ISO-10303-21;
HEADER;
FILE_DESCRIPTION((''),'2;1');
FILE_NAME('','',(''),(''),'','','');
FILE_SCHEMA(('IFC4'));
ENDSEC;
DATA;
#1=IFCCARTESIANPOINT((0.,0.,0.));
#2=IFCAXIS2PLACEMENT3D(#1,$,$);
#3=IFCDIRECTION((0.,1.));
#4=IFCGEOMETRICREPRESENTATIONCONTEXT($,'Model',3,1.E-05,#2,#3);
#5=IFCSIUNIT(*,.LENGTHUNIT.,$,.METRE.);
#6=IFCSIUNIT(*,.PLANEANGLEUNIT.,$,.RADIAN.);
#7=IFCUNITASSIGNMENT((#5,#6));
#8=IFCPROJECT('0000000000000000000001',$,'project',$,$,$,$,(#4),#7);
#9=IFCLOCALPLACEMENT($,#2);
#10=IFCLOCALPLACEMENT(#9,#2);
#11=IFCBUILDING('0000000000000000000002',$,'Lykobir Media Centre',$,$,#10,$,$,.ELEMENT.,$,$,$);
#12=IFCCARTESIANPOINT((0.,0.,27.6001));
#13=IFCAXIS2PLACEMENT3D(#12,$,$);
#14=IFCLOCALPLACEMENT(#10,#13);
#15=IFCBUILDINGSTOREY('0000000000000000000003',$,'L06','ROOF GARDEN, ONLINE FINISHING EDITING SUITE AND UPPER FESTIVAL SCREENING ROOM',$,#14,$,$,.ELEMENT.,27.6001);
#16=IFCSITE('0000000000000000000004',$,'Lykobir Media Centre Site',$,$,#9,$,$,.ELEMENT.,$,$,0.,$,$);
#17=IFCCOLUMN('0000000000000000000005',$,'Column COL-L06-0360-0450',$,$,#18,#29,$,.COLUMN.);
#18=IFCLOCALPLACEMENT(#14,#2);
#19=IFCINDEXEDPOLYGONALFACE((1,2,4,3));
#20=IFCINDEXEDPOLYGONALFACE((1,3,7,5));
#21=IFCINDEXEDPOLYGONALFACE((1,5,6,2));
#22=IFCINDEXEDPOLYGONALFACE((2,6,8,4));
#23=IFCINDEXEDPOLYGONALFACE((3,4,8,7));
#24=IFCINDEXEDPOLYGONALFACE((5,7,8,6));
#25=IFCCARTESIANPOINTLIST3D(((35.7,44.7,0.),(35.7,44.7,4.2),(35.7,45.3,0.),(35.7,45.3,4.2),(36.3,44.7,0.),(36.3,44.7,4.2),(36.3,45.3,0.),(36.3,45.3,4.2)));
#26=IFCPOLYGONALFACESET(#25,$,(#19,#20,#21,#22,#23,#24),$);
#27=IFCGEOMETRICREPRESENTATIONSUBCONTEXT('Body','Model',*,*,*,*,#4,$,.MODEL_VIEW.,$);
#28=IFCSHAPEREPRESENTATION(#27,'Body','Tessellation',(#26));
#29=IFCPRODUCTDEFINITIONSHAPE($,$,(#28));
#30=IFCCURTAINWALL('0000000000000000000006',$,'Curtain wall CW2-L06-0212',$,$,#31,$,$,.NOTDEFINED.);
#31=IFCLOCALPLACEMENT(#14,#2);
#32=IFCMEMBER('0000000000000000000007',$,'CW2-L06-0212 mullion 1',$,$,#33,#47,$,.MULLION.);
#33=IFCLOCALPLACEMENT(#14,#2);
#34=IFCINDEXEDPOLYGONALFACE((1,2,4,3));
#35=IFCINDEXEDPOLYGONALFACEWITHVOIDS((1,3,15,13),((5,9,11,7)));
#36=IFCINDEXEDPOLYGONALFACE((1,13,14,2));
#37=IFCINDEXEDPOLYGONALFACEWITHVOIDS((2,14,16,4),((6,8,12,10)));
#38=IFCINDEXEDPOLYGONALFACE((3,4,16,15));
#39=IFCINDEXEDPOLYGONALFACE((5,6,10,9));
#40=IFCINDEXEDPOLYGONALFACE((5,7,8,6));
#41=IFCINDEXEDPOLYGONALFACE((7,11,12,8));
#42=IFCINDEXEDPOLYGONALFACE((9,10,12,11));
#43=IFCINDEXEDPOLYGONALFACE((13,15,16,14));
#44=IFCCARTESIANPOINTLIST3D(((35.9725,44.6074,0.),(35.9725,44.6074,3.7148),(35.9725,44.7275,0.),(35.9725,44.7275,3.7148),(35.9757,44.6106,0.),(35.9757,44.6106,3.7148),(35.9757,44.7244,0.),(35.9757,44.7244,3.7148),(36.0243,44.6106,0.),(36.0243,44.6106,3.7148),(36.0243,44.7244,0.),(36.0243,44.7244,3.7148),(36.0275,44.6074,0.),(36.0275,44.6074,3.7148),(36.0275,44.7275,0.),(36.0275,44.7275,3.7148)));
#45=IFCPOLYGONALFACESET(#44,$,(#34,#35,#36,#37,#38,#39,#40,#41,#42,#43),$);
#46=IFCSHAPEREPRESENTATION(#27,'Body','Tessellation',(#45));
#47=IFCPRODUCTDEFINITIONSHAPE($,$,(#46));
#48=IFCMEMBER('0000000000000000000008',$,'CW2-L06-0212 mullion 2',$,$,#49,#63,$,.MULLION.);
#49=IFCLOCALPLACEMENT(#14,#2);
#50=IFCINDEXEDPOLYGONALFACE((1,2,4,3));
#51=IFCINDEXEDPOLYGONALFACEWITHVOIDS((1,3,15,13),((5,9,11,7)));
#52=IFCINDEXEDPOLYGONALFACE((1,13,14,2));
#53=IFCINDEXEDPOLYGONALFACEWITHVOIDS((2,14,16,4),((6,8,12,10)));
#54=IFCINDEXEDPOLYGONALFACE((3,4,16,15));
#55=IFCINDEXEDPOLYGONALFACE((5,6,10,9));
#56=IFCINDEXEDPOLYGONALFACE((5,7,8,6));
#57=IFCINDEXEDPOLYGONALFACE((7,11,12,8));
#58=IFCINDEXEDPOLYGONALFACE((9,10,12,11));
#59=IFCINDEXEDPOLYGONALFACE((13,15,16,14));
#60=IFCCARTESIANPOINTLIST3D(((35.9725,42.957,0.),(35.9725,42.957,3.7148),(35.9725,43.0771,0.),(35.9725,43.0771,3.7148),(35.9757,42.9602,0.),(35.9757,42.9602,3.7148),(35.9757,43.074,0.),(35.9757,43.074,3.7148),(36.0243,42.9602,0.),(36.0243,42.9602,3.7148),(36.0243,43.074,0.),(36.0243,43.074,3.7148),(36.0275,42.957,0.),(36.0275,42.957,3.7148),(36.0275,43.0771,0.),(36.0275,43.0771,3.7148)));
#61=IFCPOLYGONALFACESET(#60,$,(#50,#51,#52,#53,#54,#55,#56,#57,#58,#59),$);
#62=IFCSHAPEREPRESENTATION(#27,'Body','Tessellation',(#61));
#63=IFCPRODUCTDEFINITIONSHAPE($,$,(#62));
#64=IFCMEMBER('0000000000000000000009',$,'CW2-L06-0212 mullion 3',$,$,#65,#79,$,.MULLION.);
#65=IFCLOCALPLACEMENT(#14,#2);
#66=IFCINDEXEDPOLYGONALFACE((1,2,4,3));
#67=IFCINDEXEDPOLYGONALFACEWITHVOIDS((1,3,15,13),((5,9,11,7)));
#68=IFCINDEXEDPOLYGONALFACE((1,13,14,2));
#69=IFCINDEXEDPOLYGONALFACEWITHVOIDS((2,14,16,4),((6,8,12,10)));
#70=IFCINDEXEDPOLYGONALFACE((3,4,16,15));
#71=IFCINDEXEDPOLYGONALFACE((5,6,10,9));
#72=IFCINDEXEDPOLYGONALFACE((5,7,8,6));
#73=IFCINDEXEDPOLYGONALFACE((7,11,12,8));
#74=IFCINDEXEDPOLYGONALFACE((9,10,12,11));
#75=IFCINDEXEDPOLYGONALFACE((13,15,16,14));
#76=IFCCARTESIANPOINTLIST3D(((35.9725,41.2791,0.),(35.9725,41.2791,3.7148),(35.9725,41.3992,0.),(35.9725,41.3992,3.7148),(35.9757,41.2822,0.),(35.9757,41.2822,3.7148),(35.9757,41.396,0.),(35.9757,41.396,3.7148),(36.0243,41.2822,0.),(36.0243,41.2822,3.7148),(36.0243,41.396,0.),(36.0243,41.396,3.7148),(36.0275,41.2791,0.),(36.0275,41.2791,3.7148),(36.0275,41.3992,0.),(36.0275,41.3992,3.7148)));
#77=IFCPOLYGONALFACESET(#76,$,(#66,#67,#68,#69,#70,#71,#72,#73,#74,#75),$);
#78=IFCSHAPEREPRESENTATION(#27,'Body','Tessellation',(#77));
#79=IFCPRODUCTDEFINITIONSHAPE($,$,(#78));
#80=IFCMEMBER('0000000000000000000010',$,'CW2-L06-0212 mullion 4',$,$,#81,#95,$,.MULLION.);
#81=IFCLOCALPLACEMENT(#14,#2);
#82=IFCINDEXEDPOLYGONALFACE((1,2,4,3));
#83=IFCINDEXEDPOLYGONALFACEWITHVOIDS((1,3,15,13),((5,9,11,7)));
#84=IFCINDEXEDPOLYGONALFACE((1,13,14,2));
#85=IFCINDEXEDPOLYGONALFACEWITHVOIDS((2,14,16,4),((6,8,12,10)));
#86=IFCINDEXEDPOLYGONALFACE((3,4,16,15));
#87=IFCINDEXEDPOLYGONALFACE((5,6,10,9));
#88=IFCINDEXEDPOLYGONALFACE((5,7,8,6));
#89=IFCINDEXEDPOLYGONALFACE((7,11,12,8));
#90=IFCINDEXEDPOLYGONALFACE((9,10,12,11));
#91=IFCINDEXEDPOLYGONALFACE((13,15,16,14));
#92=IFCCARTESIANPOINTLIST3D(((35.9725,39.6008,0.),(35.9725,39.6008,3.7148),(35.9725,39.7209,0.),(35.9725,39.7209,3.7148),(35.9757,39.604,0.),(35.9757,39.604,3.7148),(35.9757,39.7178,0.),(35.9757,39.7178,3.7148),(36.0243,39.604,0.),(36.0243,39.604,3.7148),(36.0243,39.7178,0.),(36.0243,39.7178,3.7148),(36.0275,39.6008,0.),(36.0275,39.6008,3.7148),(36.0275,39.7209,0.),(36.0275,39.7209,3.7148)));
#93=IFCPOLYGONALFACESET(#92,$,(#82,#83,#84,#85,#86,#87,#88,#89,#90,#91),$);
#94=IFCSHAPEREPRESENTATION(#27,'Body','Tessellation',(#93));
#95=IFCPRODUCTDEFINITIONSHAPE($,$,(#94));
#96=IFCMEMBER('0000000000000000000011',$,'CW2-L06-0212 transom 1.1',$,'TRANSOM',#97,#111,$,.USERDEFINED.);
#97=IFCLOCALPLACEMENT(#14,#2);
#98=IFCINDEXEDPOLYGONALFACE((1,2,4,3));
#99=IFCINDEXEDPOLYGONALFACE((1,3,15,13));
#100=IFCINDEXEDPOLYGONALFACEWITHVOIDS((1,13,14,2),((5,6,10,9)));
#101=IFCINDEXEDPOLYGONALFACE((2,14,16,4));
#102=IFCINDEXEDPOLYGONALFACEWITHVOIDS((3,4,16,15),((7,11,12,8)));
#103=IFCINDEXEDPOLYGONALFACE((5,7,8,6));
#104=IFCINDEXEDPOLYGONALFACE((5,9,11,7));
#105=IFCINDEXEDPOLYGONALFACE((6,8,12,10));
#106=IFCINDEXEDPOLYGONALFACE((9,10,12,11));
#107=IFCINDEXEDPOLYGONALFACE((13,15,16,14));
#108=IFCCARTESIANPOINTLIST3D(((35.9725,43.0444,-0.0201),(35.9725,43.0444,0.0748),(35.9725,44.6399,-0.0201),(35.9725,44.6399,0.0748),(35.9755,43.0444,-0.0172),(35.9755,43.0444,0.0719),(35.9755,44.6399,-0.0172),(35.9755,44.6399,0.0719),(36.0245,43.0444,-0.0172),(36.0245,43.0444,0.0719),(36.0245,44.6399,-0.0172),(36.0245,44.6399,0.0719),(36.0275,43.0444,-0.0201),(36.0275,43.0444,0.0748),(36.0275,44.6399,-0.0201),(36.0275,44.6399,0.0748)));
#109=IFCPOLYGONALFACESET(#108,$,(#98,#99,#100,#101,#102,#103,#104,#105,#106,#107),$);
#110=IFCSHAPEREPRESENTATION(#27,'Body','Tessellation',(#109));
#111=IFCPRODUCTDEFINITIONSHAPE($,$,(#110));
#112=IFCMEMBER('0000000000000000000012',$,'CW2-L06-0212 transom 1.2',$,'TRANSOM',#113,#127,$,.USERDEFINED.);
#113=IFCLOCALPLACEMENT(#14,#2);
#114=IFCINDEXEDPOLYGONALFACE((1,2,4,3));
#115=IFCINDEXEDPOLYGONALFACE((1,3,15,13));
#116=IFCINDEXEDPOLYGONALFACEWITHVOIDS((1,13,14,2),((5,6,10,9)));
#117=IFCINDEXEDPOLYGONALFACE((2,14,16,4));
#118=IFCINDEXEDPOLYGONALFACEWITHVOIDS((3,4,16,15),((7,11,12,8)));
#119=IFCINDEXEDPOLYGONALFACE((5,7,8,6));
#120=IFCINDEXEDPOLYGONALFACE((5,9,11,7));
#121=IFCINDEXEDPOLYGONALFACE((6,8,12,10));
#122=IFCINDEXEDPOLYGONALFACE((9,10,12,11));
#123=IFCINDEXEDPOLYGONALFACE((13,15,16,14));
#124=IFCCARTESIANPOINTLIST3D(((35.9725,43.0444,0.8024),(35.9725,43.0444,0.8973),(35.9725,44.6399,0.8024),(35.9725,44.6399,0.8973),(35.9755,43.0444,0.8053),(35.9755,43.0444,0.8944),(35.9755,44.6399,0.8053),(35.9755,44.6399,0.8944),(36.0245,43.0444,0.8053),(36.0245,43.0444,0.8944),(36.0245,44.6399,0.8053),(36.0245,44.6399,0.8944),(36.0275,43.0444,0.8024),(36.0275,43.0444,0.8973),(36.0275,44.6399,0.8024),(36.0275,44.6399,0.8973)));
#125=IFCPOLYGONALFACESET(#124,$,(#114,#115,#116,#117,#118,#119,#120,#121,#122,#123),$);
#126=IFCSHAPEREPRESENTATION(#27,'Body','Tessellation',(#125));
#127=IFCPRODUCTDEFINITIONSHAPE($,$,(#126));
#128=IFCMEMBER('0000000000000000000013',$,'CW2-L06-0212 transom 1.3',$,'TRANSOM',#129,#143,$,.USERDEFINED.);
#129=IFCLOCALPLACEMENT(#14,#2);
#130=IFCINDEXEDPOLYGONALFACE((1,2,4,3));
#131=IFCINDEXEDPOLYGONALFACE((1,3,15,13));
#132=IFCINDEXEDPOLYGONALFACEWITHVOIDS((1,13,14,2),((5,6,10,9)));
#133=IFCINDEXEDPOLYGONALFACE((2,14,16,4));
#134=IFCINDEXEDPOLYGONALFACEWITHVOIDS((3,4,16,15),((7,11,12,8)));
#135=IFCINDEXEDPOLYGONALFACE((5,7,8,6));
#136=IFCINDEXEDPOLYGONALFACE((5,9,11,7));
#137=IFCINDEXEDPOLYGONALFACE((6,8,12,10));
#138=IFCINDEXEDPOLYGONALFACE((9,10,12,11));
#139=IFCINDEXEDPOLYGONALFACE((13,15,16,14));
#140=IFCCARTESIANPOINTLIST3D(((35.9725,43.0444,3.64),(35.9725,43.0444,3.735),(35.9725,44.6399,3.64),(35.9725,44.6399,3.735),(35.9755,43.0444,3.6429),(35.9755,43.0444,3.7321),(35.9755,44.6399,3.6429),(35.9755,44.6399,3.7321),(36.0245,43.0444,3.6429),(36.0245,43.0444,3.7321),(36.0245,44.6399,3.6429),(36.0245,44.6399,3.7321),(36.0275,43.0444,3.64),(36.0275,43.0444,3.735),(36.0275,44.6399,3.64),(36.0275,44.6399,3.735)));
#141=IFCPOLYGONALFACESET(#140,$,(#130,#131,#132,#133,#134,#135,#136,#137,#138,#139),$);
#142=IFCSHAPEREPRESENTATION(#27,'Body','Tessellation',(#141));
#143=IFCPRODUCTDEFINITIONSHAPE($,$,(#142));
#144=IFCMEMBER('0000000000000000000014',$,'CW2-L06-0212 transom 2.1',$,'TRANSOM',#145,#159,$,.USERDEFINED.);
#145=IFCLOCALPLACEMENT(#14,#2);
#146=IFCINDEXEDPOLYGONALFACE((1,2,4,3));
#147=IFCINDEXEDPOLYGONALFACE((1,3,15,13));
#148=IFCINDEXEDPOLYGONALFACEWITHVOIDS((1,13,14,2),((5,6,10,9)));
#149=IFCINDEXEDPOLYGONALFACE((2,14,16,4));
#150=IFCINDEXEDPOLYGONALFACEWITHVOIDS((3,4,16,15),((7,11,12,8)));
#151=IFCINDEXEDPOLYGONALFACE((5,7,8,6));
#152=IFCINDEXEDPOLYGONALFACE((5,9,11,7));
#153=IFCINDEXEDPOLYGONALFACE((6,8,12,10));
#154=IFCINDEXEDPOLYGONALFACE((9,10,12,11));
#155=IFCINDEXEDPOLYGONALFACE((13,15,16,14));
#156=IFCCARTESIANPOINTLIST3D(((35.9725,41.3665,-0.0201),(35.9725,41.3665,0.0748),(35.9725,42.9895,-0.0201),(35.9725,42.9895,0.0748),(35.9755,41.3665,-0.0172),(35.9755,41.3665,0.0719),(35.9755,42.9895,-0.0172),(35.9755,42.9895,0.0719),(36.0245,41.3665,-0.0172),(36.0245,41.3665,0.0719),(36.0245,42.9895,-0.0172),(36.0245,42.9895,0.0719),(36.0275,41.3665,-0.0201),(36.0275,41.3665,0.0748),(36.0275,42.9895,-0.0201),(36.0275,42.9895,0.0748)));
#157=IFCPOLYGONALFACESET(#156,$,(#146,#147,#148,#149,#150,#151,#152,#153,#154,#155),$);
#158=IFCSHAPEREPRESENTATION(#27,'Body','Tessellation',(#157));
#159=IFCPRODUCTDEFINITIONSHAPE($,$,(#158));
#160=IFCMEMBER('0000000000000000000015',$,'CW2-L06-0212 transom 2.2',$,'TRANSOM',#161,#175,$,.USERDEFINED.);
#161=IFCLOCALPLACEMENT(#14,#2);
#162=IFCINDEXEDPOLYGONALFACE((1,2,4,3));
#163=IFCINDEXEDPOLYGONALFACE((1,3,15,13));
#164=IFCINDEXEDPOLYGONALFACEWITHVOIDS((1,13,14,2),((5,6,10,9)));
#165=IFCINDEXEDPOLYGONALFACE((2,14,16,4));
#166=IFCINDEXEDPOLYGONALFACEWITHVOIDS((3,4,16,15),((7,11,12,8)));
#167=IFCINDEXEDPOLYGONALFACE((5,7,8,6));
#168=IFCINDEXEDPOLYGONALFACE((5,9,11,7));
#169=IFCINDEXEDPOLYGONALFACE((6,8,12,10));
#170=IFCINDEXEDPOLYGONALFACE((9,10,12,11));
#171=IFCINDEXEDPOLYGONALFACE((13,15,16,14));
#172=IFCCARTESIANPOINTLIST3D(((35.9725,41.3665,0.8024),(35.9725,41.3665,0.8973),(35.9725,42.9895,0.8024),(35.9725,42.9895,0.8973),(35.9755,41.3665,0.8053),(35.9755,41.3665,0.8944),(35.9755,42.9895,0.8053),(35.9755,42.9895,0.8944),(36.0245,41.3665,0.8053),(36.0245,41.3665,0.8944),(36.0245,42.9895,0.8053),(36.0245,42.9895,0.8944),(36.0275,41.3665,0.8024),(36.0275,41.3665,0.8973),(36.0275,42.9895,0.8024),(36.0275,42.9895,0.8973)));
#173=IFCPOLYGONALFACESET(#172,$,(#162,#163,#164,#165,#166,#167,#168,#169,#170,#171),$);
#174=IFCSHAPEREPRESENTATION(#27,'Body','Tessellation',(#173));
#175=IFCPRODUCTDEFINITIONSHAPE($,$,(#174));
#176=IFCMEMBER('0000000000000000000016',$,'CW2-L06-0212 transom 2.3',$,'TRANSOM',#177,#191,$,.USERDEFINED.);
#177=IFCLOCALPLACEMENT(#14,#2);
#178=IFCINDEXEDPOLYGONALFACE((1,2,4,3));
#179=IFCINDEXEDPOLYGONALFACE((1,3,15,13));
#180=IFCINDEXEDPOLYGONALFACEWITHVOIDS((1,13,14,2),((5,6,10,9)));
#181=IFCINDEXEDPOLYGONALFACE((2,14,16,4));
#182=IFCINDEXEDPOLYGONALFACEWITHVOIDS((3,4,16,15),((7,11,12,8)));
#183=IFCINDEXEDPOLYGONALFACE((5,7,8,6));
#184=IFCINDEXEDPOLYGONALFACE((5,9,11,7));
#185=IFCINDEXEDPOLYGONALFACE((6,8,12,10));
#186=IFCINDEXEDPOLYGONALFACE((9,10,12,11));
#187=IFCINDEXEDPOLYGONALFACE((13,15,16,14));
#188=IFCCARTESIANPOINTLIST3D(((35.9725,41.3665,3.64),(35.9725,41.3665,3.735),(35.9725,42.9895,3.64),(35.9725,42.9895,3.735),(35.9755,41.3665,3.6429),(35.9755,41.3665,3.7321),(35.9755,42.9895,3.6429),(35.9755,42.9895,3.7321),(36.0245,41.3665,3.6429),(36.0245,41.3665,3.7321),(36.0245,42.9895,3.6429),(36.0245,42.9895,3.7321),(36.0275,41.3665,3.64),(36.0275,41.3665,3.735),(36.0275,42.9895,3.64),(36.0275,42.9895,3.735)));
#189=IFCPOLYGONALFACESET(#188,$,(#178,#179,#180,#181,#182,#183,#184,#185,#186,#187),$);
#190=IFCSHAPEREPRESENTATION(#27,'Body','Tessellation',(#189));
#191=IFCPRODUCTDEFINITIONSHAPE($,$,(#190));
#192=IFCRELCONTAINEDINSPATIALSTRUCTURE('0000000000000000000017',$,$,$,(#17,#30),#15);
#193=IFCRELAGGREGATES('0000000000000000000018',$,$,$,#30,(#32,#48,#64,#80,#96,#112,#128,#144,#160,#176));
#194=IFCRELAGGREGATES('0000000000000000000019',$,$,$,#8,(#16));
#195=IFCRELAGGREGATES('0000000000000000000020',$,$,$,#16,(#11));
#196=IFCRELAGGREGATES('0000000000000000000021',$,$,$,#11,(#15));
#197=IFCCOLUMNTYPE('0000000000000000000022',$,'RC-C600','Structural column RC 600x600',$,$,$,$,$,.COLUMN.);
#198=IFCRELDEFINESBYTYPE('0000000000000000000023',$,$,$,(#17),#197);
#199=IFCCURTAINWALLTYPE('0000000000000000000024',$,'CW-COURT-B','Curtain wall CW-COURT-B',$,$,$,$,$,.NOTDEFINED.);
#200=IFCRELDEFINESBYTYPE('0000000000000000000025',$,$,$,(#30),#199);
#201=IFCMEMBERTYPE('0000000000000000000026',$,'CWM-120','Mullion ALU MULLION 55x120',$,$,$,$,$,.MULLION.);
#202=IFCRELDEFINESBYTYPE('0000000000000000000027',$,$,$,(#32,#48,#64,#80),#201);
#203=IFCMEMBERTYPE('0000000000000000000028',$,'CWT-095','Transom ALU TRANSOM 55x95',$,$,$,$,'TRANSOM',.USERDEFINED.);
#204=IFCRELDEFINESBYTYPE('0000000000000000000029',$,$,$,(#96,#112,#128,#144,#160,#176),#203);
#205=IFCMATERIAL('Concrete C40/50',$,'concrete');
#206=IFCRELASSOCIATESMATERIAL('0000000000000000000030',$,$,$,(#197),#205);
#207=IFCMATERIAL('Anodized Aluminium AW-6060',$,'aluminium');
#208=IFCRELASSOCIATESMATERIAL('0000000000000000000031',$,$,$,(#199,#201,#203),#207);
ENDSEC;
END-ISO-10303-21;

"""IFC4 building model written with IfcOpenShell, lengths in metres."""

from ifc_helpers import new_model, si_unit, direction, frame, origin, origin_2d, place, context, subcontext, project, spatial, rectangle, hollow_rectangle, extrude, material, material_profile, profile_set, type_object, element, aggregate, save


model = new_model("IFC4")

# Units and contexts
model_context = context("Model", 3, precision=1e-05, world=origin(), true_north=direction((0.0, 1.0)))
body_context = subcontext(model_context, "Body", "Model", "MODEL_VIEW")
ifc_project = project(units=[si_unit("LENGTHUNIT", "METRE"), si_unit("PLANEANGLEUNIT", "RADIAN")], contexts=[model_context])

# Site, building, storey
site_placement = place(None, origin())
site = spatial("IfcSite", under=ifc_project, at=site_placement, Name="Lykobir Media Centre Site", CompositionType="ELEMENT", RefElevation=0.0)
building_placement = place(site_placement, origin())
building = spatial("IfcBuilding", under=site, at=building_placement, Name="Lykobir Media Centre", CompositionType="ELEMENT")
storey_placement = place(building_placement, frame((0.0, 0.0, 27.6001)))
storey = spatial("IfcBuildingStorey", under=building, at=storey_placement, Name="L06", Description="ROOF GARDEN, ONLINE FINISHING EDITING SUITE AND UPPER FESTIVAL SCREENING ROOM", CompositionType="ELEMENT", Elevation=27.6001)

# Column
ifc_material_1 = material(Name="Concrete C40/50", Category="concrete")
ifc_material_profile_1 = material_profile(ifc_material_1, rectangle(XDim=0.6001, YDim=0.6001, at=origin_2d()), Name="RC 600x600")
ifc_profile_set_1 = profile_set([ifc_material_profile_1], Name="Concrete C40/50")
column_type = type_object("IfcColumnType", Name="RC-C600", Description="Structural column RC 600x600", PredefinedType="COLUMN", material=ifc_profile_set_1)
column_placement = place(storey_placement, frame((36.0, 45.0, 0.0), z_axis=(0.0, 0.0, 1.0), x_axis=(1.0, 0.0, 0.0)))
element("IfcColumn", 1, at=column_placement, inside=storey, type_object=column_type, Name="Column COL-L06-0360-0450", PredefinedType="COLUMN", context=body_context, shape_type="SweptSolid", body=[
    extrude(rectangle(XDim=0.6001, YDim=0.6001, at=origin_2d()), origin(), (0.0, 0.0, 1.0), 4.2),
])

# Curtain wall, members
ifc_material_2 = material(Name="Anodized Aluminium AW-6060", Category="aluminium")
curtain_wall_type = type_object("IfcCurtainWallType", Name="CW-COURT-B", Description="Curtain wall CW-COURT-B", PredefinedType="NOTDEFINED", material=ifc_material_2)
curtain_wall_placement = place(storey_placement, origin())
curtain_wall = element("IfcCurtainWall", 2, at=curtain_wall_placement, inside=storey, type_object=curtain_wall_type, Name="Curtain wall CW2-L06-0212", PredefinedType="NOTDEFINED")
ifc_material_profile_2 = material_profile(ifc_material_2, hollow_rectangle(XDim=0.0549, YDim=0.1201, WallThickness=0.0032, at=origin_2d()), Name="ALU MULLION 55x120")
ifc_profile_set_2 = profile_set([ifc_material_profile_2], Name="Anodized Aluminium AW-6060")
member_type_1 = type_object("IfcMemberType", Name="CWM-120", Description="Mullion ALU MULLION 55x120", PredefinedType="MULLION", material=ifc_profile_set_2)
member_1_placement = place(storey_placement, frame((36.0, 44.6675, 0.0), z_axis=(0.0, 0.0, 1.0), x_axis=(1.0, 0.0, 0.0)))
member_1 = element("IfcMember", 3, at=member_1_placement, type_object=member_type_1, Name="CW2-L06-0212 mullion 1", PredefinedType="MULLION", context=body_context, shape_type="SweptSolid", body=[
    extrude(hollow_rectangle(XDim=0.0549, YDim=0.1201, WallThickness=0.0032, at=origin_2d()), origin(), (0.0, 0.0, 1.0), 3.7148),
])
member_2_placement = place(storey_placement, frame((36.0, 43.0171, 0.0), z_axis=(0.0, 0.0, 1.0), x_axis=(1.0, 0.0, 0.0)))
member_2 = element("IfcMember", 4, at=member_2_placement, type_object=member_type_1, Name="CW2-L06-0212 mullion 2", PredefinedType="MULLION", context=body_context, shape_type="SweptSolid", body=[
    extrude(hollow_rectangle(XDim=0.0549, YDim=0.1201, WallThickness=0.0032, at=origin_2d()), origin(), (0.0, 0.0, 1.0), 3.7148),
])
member_3_placement = place(storey_placement, frame((36.0, 41.3391, 0.0), z_axis=(0.0, 0.0, 1.0), x_axis=(1.0, 0.0, 0.0)))
member_3 = element("IfcMember", 5, at=member_3_placement, type_object=member_type_1, Name="CW2-L06-0212 mullion 3", PredefinedType="MULLION", context=body_context, shape_type="SweptSolid", body=[
    extrude(hollow_rectangle(XDim=0.0549, YDim=0.1201, WallThickness=0.0032, at=origin_2d()), origin(), (0.0, 0.0, 1.0), 3.7148),
])
member_4_placement = place(storey_placement, frame((36.0, 39.6609, 0.0), z_axis=(0.0, 0.0, 1.0), x_axis=(1.0, 0.0, 0.0)))
member_4 = element("IfcMember", 6, at=member_4_placement, type_object=member_type_1, Name="CW2-L06-0212 mullion 4", PredefinedType="MULLION", context=body_context, shape_type="SweptSolid", body=[
    extrude(hollow_rectangle(XDim=0.0549, YDim=0.1201, WallThickness=0.0032, at=origin_2d()), origin(), (0.0, 0.0, 1.0), 3.7148),
])
ifc_material_profile_3 = material_profile(ifc_material_2, hollow_rectangle(XDim=0.0549, YDim=0.095, WallThickness=0.0029, at=origin_2d()), Name="ALU TRANSOM 55x95")
ifc_profile_set_3 = profile_set([ifc_material_profile_3], Name="Anodized Aluminium AW-6060")
member_type_2 = type_object("IfcMemberType", Name="CWT-095", Description="Transom ALU TRANSOM 55x95", ElementType="TRANSOM", PredefinedType="USERDEFINED", material=ifc_profile_set_3)
member_5_placement = place(storey_placement, frame((36.0, 44.6399, 0.0273), z_axis=(0.0, -1.0, 0.0), x_axis=(1.0, 0.0, 0.0)))
member_5 = element("IfcMember", 7, at=member_5_placement, type_object=member_type_2, Name="CW2-L06-0212 transom 1.1", ObjectType="TRANSOM", PredefinedType="USERDEFINED", context=body_context, shape_type="SweptSolid", body=[
    extrude(hollow_rectangle(XDim=0.0549, YDim=0.095, WallThickness=0.0029, at=origin_2d()), origin(), (0.0, 0.0, 1.0), 1.5955),
])
member_6_placement = place(storey_placement, frame((36.0, 44.6399, 0.8499), z_axis=(0.0, -1.0, 0.0), x_axis=(1.0, 0.0, 0.0)))
member_6 = element("IfcMember", 8, at=member_6_placement, type_object=member_type_2, Name="CW2-L06-0212 transom 1.2", ObjectType="TRANSOM", PredefinedType="USERDEFINED", context=body_context, shape_type="SweptSolid", body=[
    extrude(hollow_rectangle(XDim=0.0549, YDim=0.095, WallThickness=0.0029, at=origin_2d()), origin(), (0.0, 0.0, 1.0), 1.5955),
])
member_7_placement = place(storey_placement, frame((36.0, 44.6399, 3.6875), z_axis=(0.0, -1.0, 0.0), x_axis=(1.0, 0.0, 0.0)))
member_7 = element("IfcMember", 9, at=member_7_placement, type_object=member_type_2, Name="CW2-L06-0212 transom 1.3", ObjectType="TRANSOM", PredefinedType="USERDEFINED", context=body_context, shape_type="SweptSolid", body=[
    extrude(hollow_rectangle(XDim=0.0549, YDim=0.095, WallThickness=0.0029, at=origin_2d()), origin(), (0.0, 0.0, 1.0), 1.5955),
])
member_8_placement = place(storey_placement, frame((36.0, 42.9895, 0.0273), z_axis=(0.0, -1.0, 0.0), x_axis=(1.0, 0.0, 0.0)))
member_8 = element("IfcMember", 10, at=member_8_placement, type_object=member_type_2, Name="CW2-L06-0212 transom 2.1", ObjectType="TRANSOM", PredefinedType="USERDEFINED", context=body_context, shape_type="SweptSolid", body=[
    extrude(hollow_rectangle(XDim=0.0549, YDim=0.095, WallThickness=0.0029, at=origin_2d()), origin(), (0.0, 0.0, 1.0), 1.623),
])
member_9_placement = place(storey_placement, frame((36.0, 42.9895, 0.8499), z_axis=(0.0, -1.0, 0.0), x_axis=(1.0, 0.0, 0.0)))
member_9 = element("IfcMember", 11, at=member_9_placement, type_object=member_type_2, Name="CW2-L06-0212 transom 2.2", ObjectType="TRANSOM", PredefinedType="USERDEFINED", context=body_context, shape_type="SweptSolid", body=[
    extrude(hollow_rectangle(XDim=0.0549, YDim=0.095, WallThickness=0.0029, at=origin_2d()), origin(), (0.0, 0.0, 1.0), 1.623),
])
member_10_placement = place(storey_placement, frame((36.0, 42.9895, 3.6875), z_axis=(0.0, -1.0, 0.0), x_axis=(1.0, 0.0, 0.0)))
member_10 = element("IfcMember", 12, at=member_10_placement, type_object=member_type_2, Name="CW2-L06-0212 transom 2.3", ObjectType="TRANSOM", PredefinedType="USERDEFINED", context=body_context, shape_type="SweptSolid", body=[
    extrude(hollow_rectangle(XDim=0.0549, YDim=0.095, WallThickness=0.0029, at=origin_2d()), origin(), (0.0, 0.0, 1.0), 1.623),
])

aggregate(curtain_wall, [member_1, member_2, member_3, member_4, member_5, member_6, member_7, member_8, member_9, member_10])

save(model, "model.ifc")
